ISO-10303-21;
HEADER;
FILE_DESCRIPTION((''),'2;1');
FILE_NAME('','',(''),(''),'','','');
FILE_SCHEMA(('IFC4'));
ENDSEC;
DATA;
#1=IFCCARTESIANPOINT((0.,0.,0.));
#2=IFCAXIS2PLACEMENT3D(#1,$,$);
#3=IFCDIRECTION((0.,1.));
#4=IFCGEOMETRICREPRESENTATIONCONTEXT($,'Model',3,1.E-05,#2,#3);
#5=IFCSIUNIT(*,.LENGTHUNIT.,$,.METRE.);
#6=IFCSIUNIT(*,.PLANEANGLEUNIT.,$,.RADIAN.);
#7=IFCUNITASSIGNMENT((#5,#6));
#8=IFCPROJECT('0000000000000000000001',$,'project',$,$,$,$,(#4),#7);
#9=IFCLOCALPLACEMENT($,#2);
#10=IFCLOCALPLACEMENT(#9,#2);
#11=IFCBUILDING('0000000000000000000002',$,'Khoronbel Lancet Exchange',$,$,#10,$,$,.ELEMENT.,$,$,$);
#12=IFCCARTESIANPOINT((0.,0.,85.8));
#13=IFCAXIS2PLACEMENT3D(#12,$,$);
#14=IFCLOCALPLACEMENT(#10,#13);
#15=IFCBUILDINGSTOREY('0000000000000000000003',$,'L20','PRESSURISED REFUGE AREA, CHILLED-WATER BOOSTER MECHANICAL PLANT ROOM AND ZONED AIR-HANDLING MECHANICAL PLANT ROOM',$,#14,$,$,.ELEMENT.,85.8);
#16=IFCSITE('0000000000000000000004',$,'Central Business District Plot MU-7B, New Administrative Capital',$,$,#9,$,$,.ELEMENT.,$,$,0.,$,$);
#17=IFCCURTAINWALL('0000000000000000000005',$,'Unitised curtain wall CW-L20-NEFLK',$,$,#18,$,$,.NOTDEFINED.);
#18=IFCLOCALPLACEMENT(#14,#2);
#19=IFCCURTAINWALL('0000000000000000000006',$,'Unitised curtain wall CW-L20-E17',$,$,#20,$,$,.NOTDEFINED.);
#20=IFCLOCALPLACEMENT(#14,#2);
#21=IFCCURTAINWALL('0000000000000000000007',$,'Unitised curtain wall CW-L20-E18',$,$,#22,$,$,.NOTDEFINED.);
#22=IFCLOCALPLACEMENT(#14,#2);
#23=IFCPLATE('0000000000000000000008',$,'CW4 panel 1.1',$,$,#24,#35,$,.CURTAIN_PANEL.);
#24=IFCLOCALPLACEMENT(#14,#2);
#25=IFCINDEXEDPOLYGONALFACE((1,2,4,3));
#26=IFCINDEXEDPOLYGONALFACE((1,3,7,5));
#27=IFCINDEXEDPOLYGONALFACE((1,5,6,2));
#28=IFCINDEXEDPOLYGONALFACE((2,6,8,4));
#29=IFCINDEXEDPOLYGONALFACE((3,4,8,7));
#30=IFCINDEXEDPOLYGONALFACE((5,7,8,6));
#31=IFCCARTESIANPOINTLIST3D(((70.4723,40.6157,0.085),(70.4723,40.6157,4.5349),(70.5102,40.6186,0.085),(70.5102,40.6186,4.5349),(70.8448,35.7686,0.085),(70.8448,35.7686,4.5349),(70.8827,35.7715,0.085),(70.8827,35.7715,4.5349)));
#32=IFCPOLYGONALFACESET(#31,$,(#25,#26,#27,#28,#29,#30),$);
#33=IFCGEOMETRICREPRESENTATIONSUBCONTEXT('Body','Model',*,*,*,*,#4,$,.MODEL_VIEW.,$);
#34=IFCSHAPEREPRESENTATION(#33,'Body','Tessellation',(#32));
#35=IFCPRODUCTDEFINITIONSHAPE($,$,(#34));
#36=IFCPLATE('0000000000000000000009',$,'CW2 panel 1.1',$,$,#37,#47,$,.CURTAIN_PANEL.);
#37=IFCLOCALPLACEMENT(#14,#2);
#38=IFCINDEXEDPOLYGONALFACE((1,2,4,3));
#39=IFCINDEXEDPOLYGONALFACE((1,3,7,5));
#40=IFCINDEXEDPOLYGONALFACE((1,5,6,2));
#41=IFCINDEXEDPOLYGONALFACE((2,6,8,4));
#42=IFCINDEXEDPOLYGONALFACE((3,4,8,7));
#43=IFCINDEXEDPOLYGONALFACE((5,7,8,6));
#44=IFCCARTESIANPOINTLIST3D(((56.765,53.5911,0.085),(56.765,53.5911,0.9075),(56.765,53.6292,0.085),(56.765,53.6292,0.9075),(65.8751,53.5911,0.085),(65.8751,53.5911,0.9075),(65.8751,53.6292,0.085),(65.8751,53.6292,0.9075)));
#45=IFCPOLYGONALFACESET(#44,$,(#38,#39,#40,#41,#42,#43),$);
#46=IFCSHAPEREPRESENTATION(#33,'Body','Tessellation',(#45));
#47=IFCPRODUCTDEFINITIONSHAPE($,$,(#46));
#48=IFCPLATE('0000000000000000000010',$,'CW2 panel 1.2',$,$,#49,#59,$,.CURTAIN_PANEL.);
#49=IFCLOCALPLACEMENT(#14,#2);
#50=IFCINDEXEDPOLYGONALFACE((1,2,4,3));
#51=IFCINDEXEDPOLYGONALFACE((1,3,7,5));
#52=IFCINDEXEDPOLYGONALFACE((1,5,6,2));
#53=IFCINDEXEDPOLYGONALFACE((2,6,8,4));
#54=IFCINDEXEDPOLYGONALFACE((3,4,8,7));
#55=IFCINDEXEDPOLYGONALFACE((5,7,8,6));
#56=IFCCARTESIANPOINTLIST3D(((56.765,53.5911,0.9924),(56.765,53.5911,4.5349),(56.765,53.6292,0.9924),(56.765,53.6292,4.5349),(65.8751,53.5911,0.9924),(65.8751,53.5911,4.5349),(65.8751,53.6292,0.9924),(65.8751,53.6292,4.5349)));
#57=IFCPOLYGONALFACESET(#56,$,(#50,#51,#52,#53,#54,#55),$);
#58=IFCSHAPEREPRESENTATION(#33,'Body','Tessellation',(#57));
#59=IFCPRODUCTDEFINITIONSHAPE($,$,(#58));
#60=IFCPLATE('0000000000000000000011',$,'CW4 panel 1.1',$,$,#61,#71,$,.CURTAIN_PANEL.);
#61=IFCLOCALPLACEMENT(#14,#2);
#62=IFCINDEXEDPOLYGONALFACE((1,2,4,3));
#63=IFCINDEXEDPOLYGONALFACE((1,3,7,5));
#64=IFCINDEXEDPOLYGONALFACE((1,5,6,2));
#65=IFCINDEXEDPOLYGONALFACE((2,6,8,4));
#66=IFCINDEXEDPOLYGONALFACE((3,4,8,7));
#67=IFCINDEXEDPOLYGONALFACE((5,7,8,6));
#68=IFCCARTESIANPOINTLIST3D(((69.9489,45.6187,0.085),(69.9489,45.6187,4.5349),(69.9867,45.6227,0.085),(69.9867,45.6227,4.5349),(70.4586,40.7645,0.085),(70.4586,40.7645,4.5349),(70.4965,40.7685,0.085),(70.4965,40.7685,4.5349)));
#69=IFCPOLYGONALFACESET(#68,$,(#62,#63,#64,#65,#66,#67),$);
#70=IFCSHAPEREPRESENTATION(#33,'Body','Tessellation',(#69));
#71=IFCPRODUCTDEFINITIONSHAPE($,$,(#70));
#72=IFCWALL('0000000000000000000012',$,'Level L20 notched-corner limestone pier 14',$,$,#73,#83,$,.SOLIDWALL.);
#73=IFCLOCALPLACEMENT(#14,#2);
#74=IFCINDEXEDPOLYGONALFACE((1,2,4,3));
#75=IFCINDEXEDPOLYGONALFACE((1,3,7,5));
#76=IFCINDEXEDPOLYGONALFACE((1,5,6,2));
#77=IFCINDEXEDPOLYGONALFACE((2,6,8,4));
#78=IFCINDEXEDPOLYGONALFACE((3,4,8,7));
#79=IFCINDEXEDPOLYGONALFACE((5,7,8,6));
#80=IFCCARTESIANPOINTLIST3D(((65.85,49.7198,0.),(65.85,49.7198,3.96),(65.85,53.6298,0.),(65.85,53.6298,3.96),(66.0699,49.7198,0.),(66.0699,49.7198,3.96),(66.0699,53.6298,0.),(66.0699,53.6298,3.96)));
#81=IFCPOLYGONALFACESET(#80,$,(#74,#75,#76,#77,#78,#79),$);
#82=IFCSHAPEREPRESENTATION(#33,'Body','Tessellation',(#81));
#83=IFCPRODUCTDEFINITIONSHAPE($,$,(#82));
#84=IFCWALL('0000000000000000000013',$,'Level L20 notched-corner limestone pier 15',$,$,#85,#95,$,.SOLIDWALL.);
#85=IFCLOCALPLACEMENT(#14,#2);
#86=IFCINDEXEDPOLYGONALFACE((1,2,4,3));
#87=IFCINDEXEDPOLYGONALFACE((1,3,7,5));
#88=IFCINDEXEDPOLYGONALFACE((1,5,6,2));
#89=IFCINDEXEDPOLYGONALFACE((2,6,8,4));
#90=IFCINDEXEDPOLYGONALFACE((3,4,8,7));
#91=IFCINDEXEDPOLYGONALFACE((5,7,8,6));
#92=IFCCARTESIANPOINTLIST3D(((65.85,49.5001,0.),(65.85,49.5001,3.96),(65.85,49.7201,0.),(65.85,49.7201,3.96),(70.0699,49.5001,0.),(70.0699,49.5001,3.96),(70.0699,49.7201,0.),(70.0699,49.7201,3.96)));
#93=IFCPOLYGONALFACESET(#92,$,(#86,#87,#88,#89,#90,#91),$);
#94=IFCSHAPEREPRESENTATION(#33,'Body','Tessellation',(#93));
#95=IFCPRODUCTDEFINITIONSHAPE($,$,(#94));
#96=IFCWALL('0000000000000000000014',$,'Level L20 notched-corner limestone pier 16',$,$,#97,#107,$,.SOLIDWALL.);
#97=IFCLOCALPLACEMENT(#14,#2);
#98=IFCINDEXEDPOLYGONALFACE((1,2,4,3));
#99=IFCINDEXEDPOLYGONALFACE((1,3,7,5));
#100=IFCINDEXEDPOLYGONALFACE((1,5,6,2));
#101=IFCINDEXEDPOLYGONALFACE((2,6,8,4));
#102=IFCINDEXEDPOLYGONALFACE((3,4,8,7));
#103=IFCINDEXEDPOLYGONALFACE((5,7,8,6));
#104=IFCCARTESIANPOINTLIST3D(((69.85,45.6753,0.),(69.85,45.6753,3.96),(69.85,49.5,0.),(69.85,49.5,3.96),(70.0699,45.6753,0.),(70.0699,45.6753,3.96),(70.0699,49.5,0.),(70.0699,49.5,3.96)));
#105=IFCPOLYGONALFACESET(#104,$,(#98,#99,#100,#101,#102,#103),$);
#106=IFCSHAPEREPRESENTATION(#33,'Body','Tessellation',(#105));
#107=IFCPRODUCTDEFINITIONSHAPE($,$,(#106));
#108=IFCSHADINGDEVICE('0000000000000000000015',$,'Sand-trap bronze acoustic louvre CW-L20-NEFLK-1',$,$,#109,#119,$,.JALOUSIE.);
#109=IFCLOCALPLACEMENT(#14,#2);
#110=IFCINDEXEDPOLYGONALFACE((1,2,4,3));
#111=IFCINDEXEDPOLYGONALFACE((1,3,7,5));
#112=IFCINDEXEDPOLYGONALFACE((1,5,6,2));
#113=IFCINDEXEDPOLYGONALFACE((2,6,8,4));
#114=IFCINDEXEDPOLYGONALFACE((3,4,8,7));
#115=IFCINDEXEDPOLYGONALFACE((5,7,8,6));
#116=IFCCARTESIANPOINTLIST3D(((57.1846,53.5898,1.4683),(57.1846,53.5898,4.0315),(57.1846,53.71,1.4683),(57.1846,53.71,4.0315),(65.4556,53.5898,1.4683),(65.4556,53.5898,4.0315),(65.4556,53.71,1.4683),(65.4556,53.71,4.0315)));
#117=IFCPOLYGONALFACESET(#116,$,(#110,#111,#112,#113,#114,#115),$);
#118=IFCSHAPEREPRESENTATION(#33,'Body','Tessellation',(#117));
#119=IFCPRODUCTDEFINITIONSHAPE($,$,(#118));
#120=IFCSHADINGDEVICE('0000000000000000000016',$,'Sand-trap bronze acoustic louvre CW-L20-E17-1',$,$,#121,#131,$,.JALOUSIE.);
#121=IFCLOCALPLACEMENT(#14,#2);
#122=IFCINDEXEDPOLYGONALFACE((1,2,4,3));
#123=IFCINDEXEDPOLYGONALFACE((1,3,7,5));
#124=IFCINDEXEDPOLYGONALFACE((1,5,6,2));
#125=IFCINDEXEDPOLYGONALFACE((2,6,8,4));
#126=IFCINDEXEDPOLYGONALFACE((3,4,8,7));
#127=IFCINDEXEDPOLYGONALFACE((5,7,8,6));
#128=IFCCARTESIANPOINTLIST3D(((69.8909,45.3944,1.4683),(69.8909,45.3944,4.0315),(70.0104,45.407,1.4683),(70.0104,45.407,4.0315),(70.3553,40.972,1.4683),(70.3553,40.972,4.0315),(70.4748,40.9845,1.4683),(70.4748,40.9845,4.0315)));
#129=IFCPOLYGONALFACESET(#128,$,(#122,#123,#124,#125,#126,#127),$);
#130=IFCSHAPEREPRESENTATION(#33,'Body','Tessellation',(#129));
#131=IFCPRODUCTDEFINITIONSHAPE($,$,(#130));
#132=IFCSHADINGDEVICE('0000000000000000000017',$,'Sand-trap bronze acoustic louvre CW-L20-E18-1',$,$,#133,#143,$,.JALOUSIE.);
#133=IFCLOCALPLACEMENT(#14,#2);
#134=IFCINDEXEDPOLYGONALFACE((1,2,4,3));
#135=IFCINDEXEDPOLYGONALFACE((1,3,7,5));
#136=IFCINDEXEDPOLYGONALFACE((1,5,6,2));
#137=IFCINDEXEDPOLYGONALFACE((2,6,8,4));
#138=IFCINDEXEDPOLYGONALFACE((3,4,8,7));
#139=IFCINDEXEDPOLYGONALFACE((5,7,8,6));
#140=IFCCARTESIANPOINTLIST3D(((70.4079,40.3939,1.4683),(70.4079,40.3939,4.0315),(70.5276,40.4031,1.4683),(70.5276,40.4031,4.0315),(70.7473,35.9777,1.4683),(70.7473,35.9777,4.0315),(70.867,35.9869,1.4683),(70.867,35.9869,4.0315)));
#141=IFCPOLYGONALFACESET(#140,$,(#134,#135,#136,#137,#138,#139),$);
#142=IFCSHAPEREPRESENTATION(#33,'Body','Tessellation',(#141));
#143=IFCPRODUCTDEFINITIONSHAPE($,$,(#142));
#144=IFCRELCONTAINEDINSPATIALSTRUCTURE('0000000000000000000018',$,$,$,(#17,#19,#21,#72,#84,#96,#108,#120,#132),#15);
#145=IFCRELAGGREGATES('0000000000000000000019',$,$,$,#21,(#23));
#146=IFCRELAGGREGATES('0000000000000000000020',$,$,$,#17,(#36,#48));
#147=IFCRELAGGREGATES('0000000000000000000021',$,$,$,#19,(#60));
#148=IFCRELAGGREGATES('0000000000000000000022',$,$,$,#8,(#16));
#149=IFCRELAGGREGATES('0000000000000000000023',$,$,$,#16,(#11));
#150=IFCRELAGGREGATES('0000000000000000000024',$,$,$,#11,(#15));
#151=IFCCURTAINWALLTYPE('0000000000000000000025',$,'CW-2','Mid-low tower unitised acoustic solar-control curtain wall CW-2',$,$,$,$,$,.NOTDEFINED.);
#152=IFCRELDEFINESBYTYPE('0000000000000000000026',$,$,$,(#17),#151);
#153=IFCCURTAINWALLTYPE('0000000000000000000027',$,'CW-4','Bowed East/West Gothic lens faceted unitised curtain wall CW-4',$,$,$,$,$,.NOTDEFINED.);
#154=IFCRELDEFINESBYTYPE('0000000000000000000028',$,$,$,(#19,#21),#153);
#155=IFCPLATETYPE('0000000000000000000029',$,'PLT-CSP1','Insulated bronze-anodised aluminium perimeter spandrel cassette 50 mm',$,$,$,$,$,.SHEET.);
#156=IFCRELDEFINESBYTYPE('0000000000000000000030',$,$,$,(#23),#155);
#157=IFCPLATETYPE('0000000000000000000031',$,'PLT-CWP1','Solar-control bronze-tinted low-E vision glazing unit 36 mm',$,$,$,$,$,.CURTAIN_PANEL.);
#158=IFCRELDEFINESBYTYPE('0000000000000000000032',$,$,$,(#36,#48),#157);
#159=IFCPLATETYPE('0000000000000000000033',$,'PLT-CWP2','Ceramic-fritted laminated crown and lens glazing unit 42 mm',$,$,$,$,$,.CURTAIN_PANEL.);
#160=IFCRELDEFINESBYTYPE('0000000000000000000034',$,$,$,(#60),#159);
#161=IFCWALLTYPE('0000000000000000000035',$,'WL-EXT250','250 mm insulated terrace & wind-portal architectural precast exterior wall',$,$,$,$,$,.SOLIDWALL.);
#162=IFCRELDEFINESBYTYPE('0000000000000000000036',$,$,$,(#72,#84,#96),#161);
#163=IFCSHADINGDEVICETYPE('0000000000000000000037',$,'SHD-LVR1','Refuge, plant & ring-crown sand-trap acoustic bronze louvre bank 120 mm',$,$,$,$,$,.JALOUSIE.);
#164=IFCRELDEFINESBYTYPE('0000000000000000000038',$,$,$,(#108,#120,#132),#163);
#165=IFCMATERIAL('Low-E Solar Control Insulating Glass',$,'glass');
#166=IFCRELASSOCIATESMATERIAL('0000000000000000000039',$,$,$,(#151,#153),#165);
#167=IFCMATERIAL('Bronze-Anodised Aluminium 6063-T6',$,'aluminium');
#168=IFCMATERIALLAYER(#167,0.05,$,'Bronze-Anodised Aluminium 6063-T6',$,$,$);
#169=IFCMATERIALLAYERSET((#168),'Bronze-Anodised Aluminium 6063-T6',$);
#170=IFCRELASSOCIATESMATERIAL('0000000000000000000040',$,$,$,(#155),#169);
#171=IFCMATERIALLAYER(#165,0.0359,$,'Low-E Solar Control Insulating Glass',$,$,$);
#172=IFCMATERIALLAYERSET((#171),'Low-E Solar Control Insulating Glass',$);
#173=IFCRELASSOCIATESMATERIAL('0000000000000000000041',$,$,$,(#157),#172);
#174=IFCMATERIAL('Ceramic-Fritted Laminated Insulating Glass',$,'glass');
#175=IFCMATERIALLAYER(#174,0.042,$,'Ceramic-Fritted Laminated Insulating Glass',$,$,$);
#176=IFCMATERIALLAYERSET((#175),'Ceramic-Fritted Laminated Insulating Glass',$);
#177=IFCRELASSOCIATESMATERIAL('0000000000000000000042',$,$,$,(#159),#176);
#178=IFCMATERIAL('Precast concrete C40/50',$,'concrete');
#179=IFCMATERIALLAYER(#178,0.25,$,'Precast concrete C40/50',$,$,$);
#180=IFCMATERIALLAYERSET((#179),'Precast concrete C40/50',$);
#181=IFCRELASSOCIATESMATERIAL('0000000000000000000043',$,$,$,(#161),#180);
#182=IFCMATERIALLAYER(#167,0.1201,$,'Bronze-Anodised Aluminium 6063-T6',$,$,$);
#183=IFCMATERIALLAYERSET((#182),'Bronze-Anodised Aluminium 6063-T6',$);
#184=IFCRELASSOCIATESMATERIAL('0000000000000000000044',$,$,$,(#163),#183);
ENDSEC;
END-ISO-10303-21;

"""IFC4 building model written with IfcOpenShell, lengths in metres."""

from ifc_helpers import new_model, si_unit, direction, frame, frame_2d, origin, origin_2d, place, context, subcontext, project, spatial, rectangle, extrude, material, layer, layer_set, type_object, element, aggregate, save


model = new_model("IFC4")

# Units and contexts
model_context = context("Model", 3, precision=1e-05, world=origin(), true_north=direction((0.0, 1.0)))
body_context = subcontext(model_context, "Body", "Model", "MODEL_VIEW")
ifc_project = project(units=[si_unit("LENGTHUNIT", "METRE"), si_unit("PLANEANGLEUNIT", "RADIAN")], contexts=[model_context])

# Site, building, storey
site_placement = place(None, origin())
site = spatial("IfcSite", under=ifc_project, at=site_placement, Name="Central Business District Plot MU-7B, New Administrative Capital", CompositionType="ELEMENT", RefElevation=0.0)
building_placement = place(site_placement, origin())
building = spatial("IfcBuilding", under=site, at=building_placement, Name="Khoronbel Lancet Exchange", CompositionType="ELEMENT")
storey_placement = place(building_placement, frame((0.0, 0.0, 85.8)))
storey = spatial("IfcBuildingStorey", under=building, at=storey_placement, Name="L20", Description="PRESSURISED REFUGE AREA, CHILLED-WATER BOOSTER MECHANICAL PLANT ROOM AND ZONED AIR-HANDLING MECHANICAL PLANT ROOM", CompositionType="ELEMENT", Elevation=85.8)

# Curtain walls
ifc_material_1 = material(Name="Low-E Solar Control Insulating Glass", Category="glass")
curtain_wall_type_1 = type_object("IfcCurtainWallType", Name="CW-2", Description="Mid-low tower unitised acoustic solar-control curtain wall CW-2", PredefinedType="NOTDEFINED", material=ifc_material_1)
curtain_wall_1_placement = place(storey_placement, origin())
curtain_wall_1 = element("IfcCurtainWall", 1, at=curtain_wall_1_placement, inside=storey, type_object=curtain_wall_type_1, Name="Unitised curtain wall CW-L20-NEFLK", PredefinedType="NOTDEFINED")
ifc_material_2 = material(Name="Bronze-Anodised Aluminium 6063-T6", Category="aluminium")
curtain_wall_type_2 = type_object("IfcCurtainWallType", Name="CW-4", Description="Bowed East/West Gothic lens faceted unitised curtain wall CW-4", PredefinedType="NOTDEFINED", material=ifc_material_1)
curtain_wall_2_placement = place(storey_placement, origin())
curtain_wall_2 = element("IfcCurtainWall", 2, at=curtain_wall_2_placement, inside=storey, type_object=curtain_wall_type_2, Name="Unitised curtain wall CW-L20-E17", PredefinedType="NOTDEFINED")
curtain_wall_3_placement = place(storey_placement, origin())
curtain_wall_3 = element("IfcCurtainWall", 3, at=curtain_wall_3_placement, inside=storey, type_object=curtain_wall_type_2, Name="Unitised curtain wall CW-L20-E18", PredefinedType="NOTDEFINED")

# Plates
ifc_layer_1 = layer(ifc_material_2, 0.05, Name="Bronze-Anodised Aluminium 6063-T6")
ifc_layer_set_1 = layer_set([ifc_layer_1], Name="Bronze-Anodised Aluminium 6063-T6")
plate_type_1 = type_object("IfcPlateType", Name="PLT-CSP1", Description="Insulated bronze-anodised aluminium perimeter spandrel cassette 50 mm", PredefinedType="SHEET", material=ifc_layer_set_1)
plate_1_placement = place(storey_placement, frame((70.6775, 38.1936, 0.085), z_axis=(0.0, 0.0, 1.0), x_axis=(0.076626, -0.99706, 0.0)))
plate_1 = element("IfcPlate", 4, at=plate_1_placement, type_object=plate_type_1, Name="CW4 panel 1.1", PredefinedType="CURTAIN_PANEL", context=body_context, shape_type="SweptSolid", body=[
    extrude(rectangle(XDim=4.8613, YDim=0.0381, at=origin_2d()), origin(), (0.0, 0.0, 1.0), 4.45),
])
aggregate(curtain_wall_3, [plate_1])
ifc_layer_2 = layer(ifc_material_1, 0.0359, Name="Low-E Solar Control Insulating Glass")
ifc_layer_set_2 = layer_set([ifc_layer_2], Name="Low-E Solar Control Insulating Glass")
plate_type_2 = type_object("IfcPlateType", Name="PLT-CWP1", Description="Solar-control bronze-tinted low-E vision glazing unit 36 mm", PredefinedType="CURTAIN_PANEL", material=ifc_layer_set_2)
plate_2_placement = place(storey_placement, frame((61.3201, 53.6101, 0.085), z_axis=(0.0, 0.0, 1.0), x_axis=(-1.0, 0.0, 0.0)))
plate_2 = element("IfcPlate", 5, at=plate_2_placement, type_object=plate_type_2, Name="CW2 panel 1.1", PredefinedType="CURTAIN_PANEL", context=body_context, shape_type="SweptSolid", body=[
    extrude(rectangle(XDim=9.1101, YDim=0.0381, at=origin_2d()), origin(), (0.0, 0.0, 1.0), 0.8225),
])
plate_3_placement = place(storey_placement, frame((61.3201, 53.6101, 0.9924), z_axis=(0.0, 0.0, 1.0), x_axis=(-1.0, 0.0, 0.0)))
plate_3 = element("IfcPlate", 6, at=plate_3_placement, type_object=plate_type_2, Name="CW2 panel 1.2", PredefinedType="CURTAIN_PANEL", context=body_context, shape_type="SweptSolid", body=[
    extrude(rectangle(XDim=9.1101, YDim=0.0381, at=origin_2d()), origin(), (0.0, 0.0, 1.0), 3.5425),
])
aggregate(curtain_wall_1, [plate_2, plate_3])
ifc_material_3 = material(Name="Ceramic-Fritted Laminated Insulating Glass", Category="glass")
ifc_layer_3 = layer(ifc_material_3, 0.042, Name="Ceramic-Fritted Laminated Insulating Glass")
ifc_layer_set_3 = layer_set([ifc_layer_3], Name="Ceramic-Fritted Laminated Insulating Glass")
plate_type_3 = type_object("IfcPlateType", Name="PLT-CWP2", Description="Ceramic-fritted laminated crown and lens glazing unit 42 mm", PredefinedType="CURTAIN_PANEL", material=ifc_layer_set_3)
plate_4_placement = place(storey_placement, frame((70.2227, 43.1936, 0.085), z_axis=(0.0, 0.0, 1.0), x_axis=(0.104434, -0.994532, 0.0)))
plate_4 = element("IfcPlate", 7, at=plate_4_placement, type_object=plate_type_3, Name="CW4 panel 1.1", PredefinedType="CURTAIN_PANEL", context=body_context, shape_type="SweptSolid", body=[
    extrude(rectangle(XDim=4.8809, YDim=0.0381, at=origin_2d()), origin(), (0.0, 0.0, 1.0), 4.45),
])
aggregate(curtain_wall_2, [plate_4])

# Walls
ifc_material_4 = material(Name="Precast concrete C40/50", Category="concrete")
ifc_layer_4 = layer(ifc_material_4, 0.25, Name="Precast concrete C40/50")
ifc_layer_set_4 = layer_set([ifc_layer_4], Name="Precast concrete C40/50")
wall_type = type_object("IfcWallType", Name="WL-EXT250", Description="250 mm insulated terrace & wind-portal architectural precast exterior wall", PredefinedType="SOLIDWALL", material=ifc_layer_set_4)
wall_1_placement = place(storey_placement, frame((65.96, 53.6299, 0.0), z_axis=(0.0, 0.0, 1.0), x_axis=(0.0, -1.0, 0.0)))
element("IfcWall", 8, at=wall_1_placement, inside=storey, type_object=wall_type, Name="Level L20 notched-corner limestone pier 14", PredefinedType="SOLIDWALL", context=body_context, shape_type="SweptSolid", body=[
    extrude(rectangle(XDim=3.9099, YDim=0.22, at=frame_2d((1.9551, 0.0))), origin(), (0.0, 0.0, 1.0), 3.96),
])
wall_2_placement = place(storey_placement, frame((65.8501, 49.6101, 0.0), z_axis=(0.0, 0.0, 1.0), x_axis=(1.0, 0.0, 0.0)))
element("IfcWall", 9, at=wall_2_placement, inside=storey, type_object=wall_type, Name="Level L20 notched-corner limestone pier 15", PredefinedType="SOLIDWALL", context=body_context, shape_type="SweptSolid", body=[
    extrude(rectangle(XDim=4.22, YDim=0.22, at=frame_2d((2.1099, 0.0))), origin(), (0.0, 0.0, 1.0), 3.96),
])
wall_3_placement = place(storey_placement, frame((69.96, 49.5, 0.0), z_axis=(0.0, 0.0, 1.0), x_axis=(0.0, -1.0, 0.0)))
element("IfcWall", 10, at=wall_3_placement, inside=storey, type_object=wall_type, Name="Level L20 notched-corner limestone pier 16", PredefinedType="SOLIDWALL", context=body_context, shape_type="SweptSolid", body=[
    extrude(rectangle(XDim=3.8247, YDim=0.22, at=frame_2d((1.9124, 0.0))), origin(), (0.0, 0.0, 1.0), 3.96),
])

# Shading devices
ifc_layer_5 = layer(ifc_material_2, 0.1201, Name="Bronze-Anodised Aluminium 6063-T6")
ifc_layer_set_5 = layer_set([ifc_layer_5], Name="Bronze-Anodised Aluminium 6063-T6")
shading_device_type = type_object("IfcShadingDeviceType", Name="SHD-LVR1", Description="Refuge, plant & ring-crown sand-trap acoustic bronze louvre bank 120 mm", PredefinedType="JALOUSIE", material=ifc_layer_set_5)
shading_device_1_placement = place(storey_placement, frame((61.3201, 53.6499, 1.4683), z_axis=(0.0, 0.0, 1.0), x_axis=(-1.0, 0.0, 0.0)))
element("IfcShadingDevice", 11, at=shading_device_1_placement, inside=storey, type_object=shading_device_type, Name="Sand-trap bronze acoustic louvre CW-L20-NEFLK-1", PredefinedType="JALOUSIE", context=body_context, shape_type="SweptSolid", body=[
    extrude(rectangle(XDim=8.271, YDim=0.1201, at=origin_2d()), origin(), (0.0, 0.0, 1.0), 2.5632),
])
shading_device_2_placement = place(storey_placement, frame((70.1829, 43.1895, 1.4683), z_axis=(0.0, 0.0, 1.0), x_axis=(0.104434, -0.994532, 0.0)))
element("IfcShadingDevice", 12, at=shading_device_2_placement, inside=storey, type_object=shading_device_type, Name="Sand-trap bronze acoustic louvre CW-L20-E17-1", PredefinedType="JALOUSIE", context=body_context, shape_type="SweptSolid", body=[
    extrude(rectangle(XDim=4.4468, YDim=0.1201, at=origin_2d()), origin(), (0.0, 0.0, 1.0), 2.5632),
])
shading_device_3_placement = place(storey_placement, frame((70.6375, 38.1904, 1.4683), z_axis=(0.0, 0.0, 1.0), x_axis=(0.076626, -0.99706, 0.0)))
element("IfcShadingDevice", 13, at=shading_device_3_placement, inside=storey, type_object=shading_device_type, Name="Sand-trap bronze acoustic louvre CW-L20-E18-1", PredefinedType="JALOUSIE", context=body_context, shape_type="SweptSolid", body=[
    extrude(rectangle(XDim=4.4292, YDim=0.1201, at=origin_2d()), origin(), (0.0, 0.0, 1.0), 2.5632),
])

save(model, "model.ifc")
